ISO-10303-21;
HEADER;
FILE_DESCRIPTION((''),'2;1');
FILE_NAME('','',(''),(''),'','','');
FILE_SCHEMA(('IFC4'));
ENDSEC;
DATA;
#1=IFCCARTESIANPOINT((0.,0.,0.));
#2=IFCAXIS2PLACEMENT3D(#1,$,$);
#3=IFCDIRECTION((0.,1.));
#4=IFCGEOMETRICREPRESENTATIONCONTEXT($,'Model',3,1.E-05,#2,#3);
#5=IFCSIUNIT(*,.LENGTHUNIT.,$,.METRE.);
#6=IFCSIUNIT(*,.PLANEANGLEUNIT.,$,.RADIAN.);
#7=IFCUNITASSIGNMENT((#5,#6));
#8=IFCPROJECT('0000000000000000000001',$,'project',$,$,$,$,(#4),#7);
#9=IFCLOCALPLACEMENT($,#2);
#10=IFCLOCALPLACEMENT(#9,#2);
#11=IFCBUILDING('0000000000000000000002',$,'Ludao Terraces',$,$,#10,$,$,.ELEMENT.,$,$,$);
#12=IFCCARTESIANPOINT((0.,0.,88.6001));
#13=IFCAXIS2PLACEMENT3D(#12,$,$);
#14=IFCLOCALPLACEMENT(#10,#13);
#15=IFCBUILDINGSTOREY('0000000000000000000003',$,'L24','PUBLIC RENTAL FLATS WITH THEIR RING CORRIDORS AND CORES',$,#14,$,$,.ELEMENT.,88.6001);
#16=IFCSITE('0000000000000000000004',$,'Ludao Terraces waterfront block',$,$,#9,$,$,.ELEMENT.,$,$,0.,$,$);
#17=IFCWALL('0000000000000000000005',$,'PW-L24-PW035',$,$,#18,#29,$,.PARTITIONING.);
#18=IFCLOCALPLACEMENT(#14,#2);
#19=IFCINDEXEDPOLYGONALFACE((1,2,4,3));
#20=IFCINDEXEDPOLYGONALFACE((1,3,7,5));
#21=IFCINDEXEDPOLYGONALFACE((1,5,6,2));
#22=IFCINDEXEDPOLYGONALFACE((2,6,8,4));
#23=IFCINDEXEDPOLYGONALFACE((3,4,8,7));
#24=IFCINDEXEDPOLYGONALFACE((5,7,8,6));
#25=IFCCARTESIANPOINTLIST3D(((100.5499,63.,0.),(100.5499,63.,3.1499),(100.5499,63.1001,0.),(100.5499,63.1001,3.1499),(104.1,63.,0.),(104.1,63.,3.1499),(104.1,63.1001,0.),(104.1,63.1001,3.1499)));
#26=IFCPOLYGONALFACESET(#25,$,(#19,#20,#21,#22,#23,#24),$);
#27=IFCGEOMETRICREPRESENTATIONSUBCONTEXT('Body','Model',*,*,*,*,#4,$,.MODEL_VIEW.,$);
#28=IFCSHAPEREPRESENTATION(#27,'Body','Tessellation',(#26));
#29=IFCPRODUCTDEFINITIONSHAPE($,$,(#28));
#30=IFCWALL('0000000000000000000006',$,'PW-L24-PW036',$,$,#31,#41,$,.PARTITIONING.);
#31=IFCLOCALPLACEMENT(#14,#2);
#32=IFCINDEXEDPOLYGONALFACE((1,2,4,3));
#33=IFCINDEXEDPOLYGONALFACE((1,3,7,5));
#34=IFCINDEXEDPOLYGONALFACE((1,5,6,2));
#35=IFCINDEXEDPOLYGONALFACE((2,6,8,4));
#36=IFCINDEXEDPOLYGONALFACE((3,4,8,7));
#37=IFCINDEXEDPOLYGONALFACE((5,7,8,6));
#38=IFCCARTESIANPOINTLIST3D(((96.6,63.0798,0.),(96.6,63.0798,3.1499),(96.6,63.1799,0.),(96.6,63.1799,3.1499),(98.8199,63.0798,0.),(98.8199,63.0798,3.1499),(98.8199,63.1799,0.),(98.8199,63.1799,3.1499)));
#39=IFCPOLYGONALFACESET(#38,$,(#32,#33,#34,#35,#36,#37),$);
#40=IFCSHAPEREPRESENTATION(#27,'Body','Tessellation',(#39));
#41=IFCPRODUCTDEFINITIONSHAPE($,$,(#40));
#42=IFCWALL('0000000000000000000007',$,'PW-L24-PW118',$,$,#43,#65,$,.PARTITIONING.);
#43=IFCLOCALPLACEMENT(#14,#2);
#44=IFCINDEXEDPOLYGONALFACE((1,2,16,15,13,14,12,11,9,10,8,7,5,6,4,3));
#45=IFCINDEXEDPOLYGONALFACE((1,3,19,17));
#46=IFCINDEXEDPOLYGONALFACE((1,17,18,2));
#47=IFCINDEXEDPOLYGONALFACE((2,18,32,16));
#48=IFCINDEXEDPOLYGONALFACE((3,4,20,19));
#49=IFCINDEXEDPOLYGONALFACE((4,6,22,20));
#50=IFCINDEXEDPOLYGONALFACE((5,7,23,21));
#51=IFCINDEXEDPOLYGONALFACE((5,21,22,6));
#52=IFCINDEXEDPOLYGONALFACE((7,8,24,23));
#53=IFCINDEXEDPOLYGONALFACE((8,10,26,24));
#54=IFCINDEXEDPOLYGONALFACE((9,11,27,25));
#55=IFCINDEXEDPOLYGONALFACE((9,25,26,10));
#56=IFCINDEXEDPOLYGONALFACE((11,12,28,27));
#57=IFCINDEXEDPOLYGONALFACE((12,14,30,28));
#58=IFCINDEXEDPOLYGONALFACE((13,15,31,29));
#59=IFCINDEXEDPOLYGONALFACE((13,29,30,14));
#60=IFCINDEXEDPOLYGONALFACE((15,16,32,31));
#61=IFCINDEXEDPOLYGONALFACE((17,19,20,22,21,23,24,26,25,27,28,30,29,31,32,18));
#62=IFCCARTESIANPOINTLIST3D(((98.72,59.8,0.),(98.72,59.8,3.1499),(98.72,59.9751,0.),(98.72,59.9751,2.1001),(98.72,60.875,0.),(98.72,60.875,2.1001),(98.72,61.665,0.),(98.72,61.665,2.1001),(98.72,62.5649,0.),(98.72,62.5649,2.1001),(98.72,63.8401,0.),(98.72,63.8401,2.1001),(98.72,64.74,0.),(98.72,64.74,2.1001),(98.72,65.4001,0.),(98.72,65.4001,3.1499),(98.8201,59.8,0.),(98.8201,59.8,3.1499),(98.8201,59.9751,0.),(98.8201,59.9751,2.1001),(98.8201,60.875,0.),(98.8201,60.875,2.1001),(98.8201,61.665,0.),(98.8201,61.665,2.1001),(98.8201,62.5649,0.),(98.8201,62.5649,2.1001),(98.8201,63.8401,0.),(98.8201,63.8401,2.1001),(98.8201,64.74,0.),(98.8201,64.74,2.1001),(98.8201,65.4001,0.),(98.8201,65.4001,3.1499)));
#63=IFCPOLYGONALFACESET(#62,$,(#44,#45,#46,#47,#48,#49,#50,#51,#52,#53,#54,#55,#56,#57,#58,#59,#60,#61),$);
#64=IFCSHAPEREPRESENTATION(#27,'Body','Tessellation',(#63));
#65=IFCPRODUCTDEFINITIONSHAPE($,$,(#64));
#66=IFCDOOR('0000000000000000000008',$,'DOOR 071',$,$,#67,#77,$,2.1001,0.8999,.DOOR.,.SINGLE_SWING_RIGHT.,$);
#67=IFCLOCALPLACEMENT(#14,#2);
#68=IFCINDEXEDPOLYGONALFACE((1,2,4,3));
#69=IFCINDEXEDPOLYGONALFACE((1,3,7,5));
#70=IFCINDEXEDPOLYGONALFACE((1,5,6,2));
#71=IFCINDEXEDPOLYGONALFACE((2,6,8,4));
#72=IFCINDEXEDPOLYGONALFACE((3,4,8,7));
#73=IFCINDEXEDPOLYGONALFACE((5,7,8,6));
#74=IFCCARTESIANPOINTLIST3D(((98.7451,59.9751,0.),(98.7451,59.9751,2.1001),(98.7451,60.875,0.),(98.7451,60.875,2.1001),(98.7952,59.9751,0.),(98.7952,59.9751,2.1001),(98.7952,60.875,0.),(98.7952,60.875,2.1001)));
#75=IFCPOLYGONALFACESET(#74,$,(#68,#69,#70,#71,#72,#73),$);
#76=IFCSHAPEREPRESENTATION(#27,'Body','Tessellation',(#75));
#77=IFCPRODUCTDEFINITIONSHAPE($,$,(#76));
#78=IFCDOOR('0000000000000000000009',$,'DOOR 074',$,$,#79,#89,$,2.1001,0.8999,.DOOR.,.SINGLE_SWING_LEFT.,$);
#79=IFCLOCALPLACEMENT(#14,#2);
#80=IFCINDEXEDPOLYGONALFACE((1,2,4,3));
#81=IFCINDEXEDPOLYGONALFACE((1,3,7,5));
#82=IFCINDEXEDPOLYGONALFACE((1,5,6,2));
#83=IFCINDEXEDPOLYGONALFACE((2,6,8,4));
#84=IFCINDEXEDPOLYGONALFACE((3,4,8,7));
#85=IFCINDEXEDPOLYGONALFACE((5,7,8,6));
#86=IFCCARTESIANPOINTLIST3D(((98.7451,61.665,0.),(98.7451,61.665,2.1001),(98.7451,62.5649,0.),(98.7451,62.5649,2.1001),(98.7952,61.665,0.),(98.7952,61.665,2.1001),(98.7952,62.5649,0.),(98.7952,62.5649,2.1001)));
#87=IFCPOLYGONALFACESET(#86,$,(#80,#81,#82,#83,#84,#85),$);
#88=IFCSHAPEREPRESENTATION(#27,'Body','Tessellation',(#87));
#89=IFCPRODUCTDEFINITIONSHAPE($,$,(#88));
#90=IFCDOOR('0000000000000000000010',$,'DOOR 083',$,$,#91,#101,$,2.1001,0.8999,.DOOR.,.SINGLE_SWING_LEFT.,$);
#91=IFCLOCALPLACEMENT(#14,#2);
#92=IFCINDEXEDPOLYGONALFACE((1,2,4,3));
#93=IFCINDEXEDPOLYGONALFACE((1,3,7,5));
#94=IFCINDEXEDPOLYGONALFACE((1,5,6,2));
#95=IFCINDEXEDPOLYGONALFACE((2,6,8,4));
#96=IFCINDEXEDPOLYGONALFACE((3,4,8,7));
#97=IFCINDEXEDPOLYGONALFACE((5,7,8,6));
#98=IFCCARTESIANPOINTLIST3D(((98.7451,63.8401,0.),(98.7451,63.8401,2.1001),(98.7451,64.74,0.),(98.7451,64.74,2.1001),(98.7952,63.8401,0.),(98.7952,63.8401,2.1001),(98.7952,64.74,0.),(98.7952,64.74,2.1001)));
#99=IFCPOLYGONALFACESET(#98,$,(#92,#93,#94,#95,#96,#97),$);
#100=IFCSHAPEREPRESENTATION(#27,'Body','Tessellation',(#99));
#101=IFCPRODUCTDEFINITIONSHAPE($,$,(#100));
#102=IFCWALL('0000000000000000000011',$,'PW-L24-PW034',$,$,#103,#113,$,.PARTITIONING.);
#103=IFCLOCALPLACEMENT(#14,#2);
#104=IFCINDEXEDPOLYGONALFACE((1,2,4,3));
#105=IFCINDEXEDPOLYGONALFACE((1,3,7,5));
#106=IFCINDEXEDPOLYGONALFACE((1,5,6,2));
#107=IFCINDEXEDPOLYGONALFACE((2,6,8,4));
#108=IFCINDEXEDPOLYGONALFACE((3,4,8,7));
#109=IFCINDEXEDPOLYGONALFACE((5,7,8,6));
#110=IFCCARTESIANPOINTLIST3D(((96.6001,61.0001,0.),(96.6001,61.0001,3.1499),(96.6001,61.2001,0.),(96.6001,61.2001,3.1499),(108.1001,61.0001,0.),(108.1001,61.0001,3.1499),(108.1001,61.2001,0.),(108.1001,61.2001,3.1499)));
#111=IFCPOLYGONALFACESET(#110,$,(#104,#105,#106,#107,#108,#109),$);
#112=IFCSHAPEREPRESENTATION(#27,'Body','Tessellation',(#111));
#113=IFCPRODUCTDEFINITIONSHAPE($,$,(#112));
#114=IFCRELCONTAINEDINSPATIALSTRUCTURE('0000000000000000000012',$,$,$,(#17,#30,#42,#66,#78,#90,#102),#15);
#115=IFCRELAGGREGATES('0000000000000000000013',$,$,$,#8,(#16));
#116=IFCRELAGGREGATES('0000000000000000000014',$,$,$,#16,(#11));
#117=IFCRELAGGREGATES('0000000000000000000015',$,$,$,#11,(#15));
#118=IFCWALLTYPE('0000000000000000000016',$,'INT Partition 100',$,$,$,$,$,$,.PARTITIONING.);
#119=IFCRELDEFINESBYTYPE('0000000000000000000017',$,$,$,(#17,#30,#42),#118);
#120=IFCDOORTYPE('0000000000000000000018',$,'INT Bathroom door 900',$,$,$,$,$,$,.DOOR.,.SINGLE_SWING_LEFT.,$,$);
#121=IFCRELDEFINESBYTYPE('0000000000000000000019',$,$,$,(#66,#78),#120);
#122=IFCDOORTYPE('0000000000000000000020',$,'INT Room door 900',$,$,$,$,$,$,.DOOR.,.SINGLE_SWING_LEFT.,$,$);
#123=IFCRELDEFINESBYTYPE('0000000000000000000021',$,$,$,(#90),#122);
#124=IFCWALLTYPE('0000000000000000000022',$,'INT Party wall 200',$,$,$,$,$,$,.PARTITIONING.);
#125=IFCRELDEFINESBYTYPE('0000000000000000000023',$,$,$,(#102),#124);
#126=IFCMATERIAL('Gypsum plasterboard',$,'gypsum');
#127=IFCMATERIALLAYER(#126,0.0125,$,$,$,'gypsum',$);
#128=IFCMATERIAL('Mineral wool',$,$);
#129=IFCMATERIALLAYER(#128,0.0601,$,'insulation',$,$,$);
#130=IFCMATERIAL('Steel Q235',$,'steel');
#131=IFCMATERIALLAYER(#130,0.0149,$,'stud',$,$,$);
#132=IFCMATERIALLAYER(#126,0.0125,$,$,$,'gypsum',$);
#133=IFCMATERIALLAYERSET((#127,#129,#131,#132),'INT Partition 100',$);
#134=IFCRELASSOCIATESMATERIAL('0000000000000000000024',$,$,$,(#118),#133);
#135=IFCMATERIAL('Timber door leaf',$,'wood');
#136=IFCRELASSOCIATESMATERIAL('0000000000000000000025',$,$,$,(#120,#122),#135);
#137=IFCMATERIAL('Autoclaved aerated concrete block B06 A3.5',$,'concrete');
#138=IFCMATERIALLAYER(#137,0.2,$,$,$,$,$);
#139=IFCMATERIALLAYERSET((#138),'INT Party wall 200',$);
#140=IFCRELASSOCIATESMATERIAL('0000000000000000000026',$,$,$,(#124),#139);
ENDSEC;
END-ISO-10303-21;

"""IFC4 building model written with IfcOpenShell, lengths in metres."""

from ifc_helpers import new_model, si_unit, direction, frame, frame_2d, origin, place, context, subcontext, project, spatial, rectangle, extrude, material, layer, layer_set, type_object, element, fill, save


model = new_model("IFC4")

# Units and contexts
model_context = context("Model", 3, precision=1e-05, world=origin(), true_north=direction((0.0, 1.0)))
body_context = subcontext(model_context, "Body", "Model", "MODEL_VIEW")
ifc_project = project(units=[si_unit("LENGTHUNIT", "METRE"), si_unit("PLANEANGLEUNIT", "RADIAN")], contexts=[model_context])

# Site, building, storey
site_placement = place(None, origin())
site = spatial("IfcSite", under=ifc_project, at=site_placement, Name="Ludao Terraces waterfront block", CompositionType="ELEMENT", RefElevation=0.0)
building_placement = place(site_placement, origin())
building = spatial("IfcBuilding", under=site, at=building_placement, Name="Ludao Terraces", CompositionType="ELEMENT")
storey_placement = place(building_placement, frame((0.0, 0.0, 88.6001)))
storey = spatial("IfcBuildingStorey", under=building, at=storey_placement, Name="L24", Description="PUBLIC RENTAL FLATS WITH THEIR RING CORRIDORS AND CORES", CompositionType="ELEMENT", Elevation=88.6001)

# Shared definitions
ifc_material_1 = material(Name="Autoclaved aerated concrete block B06 A3.5", Category="concrete")
ifc_material_2 = material(Name="Steel Q235", Category="steel")

# Walls
ifc_material_3 = material(Name="Gypsum plasterboard", Category="gypsum")
ifc_layer_1 = layer(ifc_material_3, 0.0125, Category="gypsum")
ifc_material_4 = material(Name="Mineral wool")
ifc_layer_2 = layer(ifc_material_4, 0.0601, Name="insulation")
ifc_layer_3 = layer(ifc_material_2, 0.0149, Name="stud")
ifc_layer_4 = layer(ifc_material_3, 0.0125, Category="gypsum")
ifc_layer_set_1 = layer_set([ifc_layer_1, ifc_layer_2, ifc_layer_3, ifc_layer_4], Name="INT Partition 100")
wall_type_1 = type_object("IfcWallType", Name="INT Partition 100", PredefinedType="PARTITIONING", material=ifc_layer_set_1)
wall_1_placement = place(storey_placement, frame((100.55, 63.05, 0.0), z_axis=(0.0, 0.0, 1.0), x_axis=(1.0, 0.0, 0.0)))
element("IfcWall", 1, at=wall_1_placement, inside=storey, type_object=wall_type_1, Name="PW-L24-PW035", PredefinedType="PARTITIONING", context=body_context, shape_type="SweptSolid", body=[
    extrude(rectangle(XDim=3.55, YDim=0.1001, at=frame_2d((1.7749, 0.0))), origin(), (0.0, 0.0, 1.0), 3.1499),
])
wall_2_placement = place(storey_placement, frame((96.6001, 63.1299, 0.0), z_axis=(0.0, 0.0, 1.0), x_axis=(1.0, 0.0, 0.0)))
element("IfcWall", 2, at=wall_2_placement, inside=storey, type_object=wall_type_1, Name="PW-L24-PW036", PredefinedType="PARTITIONING", context=body_context, shape_type="SweptSolid", body=[
    extrude(rectangle(XDim=2.22, YDim=0.1001, at=frame_2d((1.1099, 0.0))), origin(), (0.0, 0.0, 1.0), 3.1499),
])

# Wall, openings, doors
wall_3_placement = place(storey_placement, frame((98.77, 59.8, 0.0), z_axis=(0.0, 0.0, 1.0), x_axis=(0.0, 1.0, 0.0)))
wall_3 = element("IfcWall", 3, at=wall_3_placement, inside=storey, type_object=wall_type_1, Name="PW-L24-PW118", PredefinedType="PARTITIONING", context=body_context, shape_type="SweptSolid", body=[
    extrude(rectangle(XDim=5.6001, YDim=0.1001, at=frame_2d((2.8, 0.0))), origin(), (0.0, 0.0, 1.0), 3.1499),
])
opening_1_placement = place(wall_3_placement, frame((0.175, 0.0, 0.0)))
opening_1 = element("IfcOpeningElement", 4, at=opening_1_placement, cuts=wall_3, PredefinedType="OPENING", context=body_context, shape_type="SweptSolid", body=[
    extrude(rectangle(XDim=0.8999, YDim=2.1001, at=frame_2d((0.45, 1.05))), frame((0.0, 0.0601, 0.0), z_axis=(0.0, -1.0, 0.0), x_axis=(1.0, 0.0, 0.0)), (0.0, 0.0, 1.0), 0.1201),
])
opening_2_placement = place(wall_3_placement, frame((1.865, 0.0, 0.0)))
opening_2 = element("IfcOpeningElement", 5, at=opening_2_placement, cuts=wall_3, PredefinedType="OPENING", context=body_context, shape_type="SweptSolid", body=[
    extrude(rectangle(XDim=0.8999, YDim=2.1001, at=frame_2d((0.45, 1.05))), frame((0.0, 0.0601, 0.0), z_axis=(0.0, -1.0, 0.0), x_axis=(1.0, 0.0, 0.0)), (0.0, 0.0, 1.0), 0.1201),
])
opening_3_placement = place(wall_3_placement, frame((4.04, 0.0, 0.0)))
opening_3 = element("IfcOpeningElement", 6, at=opening_3_placement, cuts=wall_3, PredefinedType="OPENING", context=body_context, shape_type="SweptSolid", body=[
    extrude(rectangle(XDim=0.8999, YDim=2.1001, at=frame_2d((0.45, 1.05))), frame((0.0, 0.0601, 0.0), z_axis=(0.0, -1.0, 0.0), x_axis=(1.0, 0.0, 0.0)), (0.0, 0.0, 1.0), 0.1201),
])
ifc_material_5 = material(Name="Timber door leaf", Category="wood")
door_type_1 = type_object("IfcDoorType", Name="INT Bathroom door 900", OperationType="SINGLE_SWING_LEFT", PredefinedType="DOOR", material=ifc_material_5)
door_1_placement = place(opening_1_placement, origin())
door_1 = element("IfcDoor", 7, at=door_1_placement, inside=storey, type_object=door_type_1, Name="DOOR 071", OperationType="SINGLE_SWING_RIGHT", OverallHeight=2.1001, OverallWidth=0.8999, PredefinedType="DOOR", context=body_context, shape_type="SweptSolid", body=[
    extrude(rectangle(XDim=0.8999, YDim=2.1001, at=frame_2d((0.45, 1.05))), frame((0.0, 0.0249, 0.0), z_axis=(0.0, -1.0, 0.0), x_axis=(1.0, 0.0, 0.0)), (0.0, 0.0, 1.0), 0.05),
])
fill(opening_1, door_1)
door_2_placement = place(opening_2_placement, origin())
door_2 = element("IfcDoor", 8, at=door_2_placement, inside=storey, type_object=door_type_1, Name="DOOR 074", OperationType="SINGLE_SWING_LEFT", OverallHeight=2.1001, OverallWidth=0.8999, PredefinedType="DOOR", context=body_context, shape_type="SweptSolid", body=[
    extrude(rectangle(XDim=0.8999, YDim=2.1001, at=frame_2d((0.45, 1.05))), frame((0.0, 0.0249, 0.0), z_axis=(0.0, -1.0, 0.0), x_axis=(1.0, 0.0, 0.0)), (0.0, 0.0, 1.0), 0.05),
])
fill(opening_2, door_2)
door_type_2 = type_object("IfcDoorType", Name="INT Room door 900", OperationType="SINGLE_SWING_LEFT", PredefinedType="DOOR", material=ifc_material_5)
door_3_placement = place(opening_3_placement, origin())
door_3 = element("IfcDoor", 9, at=door_3_placement, inside=storey, type_object=door_type_2, Name="DOOR 083", OperationType="SINGLE_SWING_LEFT", OverallHeight=2.1001, OverallWidth=0.8999, PredefinedType="DOOR", context=body_context, shape_type="SweptSolid", body=[
    extrude(rectangle(XDim=0.8999, YDim=2.1001, at=frame_2d((0.45, 1.05))), frame((0.0, 0.0249, 0.0), z_axis=(0.0, -1.0, 0.0), x_axis=(1.0, 0.0, 0.0)), (0.0, 0.0, 1.0), 0.05),
])
fill(opening_3, door_3)

# Wall
ifc_layer_5 = layer(ifc_material_1, 0.2)
ifc_layer_set_2 = layer_set([ifc_layer_5], Name="INT Party wall 200")
wall_type_2 = type_object("IfcWallType", Name="INT Party wall 200", PredefinedType="PARTITIONING", material=ifc_layer_set_2)
wall_4_placement = place(storey_placement, frame((96.6001, 61.1001, 0.0), z_axis=(0.0, 0.0, 1.0), x_axis=(1.0, 0.0, 0.0)))
element("IfcWall", 10, at=wall_4_placement, inside=storey, type_object=wall_type_2, Name="PW-L24-PW034", PredefinedType="PARTITIONING", context=body_context, shape_type="SweptSolid", body=[
    extrude(rectangle(XDim=11.5, YDim=0.2, at=frame_2d((5.75, 0.0))), origin(), (0.0, 0.0, 1.0), 3.1499),
])

save(model, "model.ifc")
